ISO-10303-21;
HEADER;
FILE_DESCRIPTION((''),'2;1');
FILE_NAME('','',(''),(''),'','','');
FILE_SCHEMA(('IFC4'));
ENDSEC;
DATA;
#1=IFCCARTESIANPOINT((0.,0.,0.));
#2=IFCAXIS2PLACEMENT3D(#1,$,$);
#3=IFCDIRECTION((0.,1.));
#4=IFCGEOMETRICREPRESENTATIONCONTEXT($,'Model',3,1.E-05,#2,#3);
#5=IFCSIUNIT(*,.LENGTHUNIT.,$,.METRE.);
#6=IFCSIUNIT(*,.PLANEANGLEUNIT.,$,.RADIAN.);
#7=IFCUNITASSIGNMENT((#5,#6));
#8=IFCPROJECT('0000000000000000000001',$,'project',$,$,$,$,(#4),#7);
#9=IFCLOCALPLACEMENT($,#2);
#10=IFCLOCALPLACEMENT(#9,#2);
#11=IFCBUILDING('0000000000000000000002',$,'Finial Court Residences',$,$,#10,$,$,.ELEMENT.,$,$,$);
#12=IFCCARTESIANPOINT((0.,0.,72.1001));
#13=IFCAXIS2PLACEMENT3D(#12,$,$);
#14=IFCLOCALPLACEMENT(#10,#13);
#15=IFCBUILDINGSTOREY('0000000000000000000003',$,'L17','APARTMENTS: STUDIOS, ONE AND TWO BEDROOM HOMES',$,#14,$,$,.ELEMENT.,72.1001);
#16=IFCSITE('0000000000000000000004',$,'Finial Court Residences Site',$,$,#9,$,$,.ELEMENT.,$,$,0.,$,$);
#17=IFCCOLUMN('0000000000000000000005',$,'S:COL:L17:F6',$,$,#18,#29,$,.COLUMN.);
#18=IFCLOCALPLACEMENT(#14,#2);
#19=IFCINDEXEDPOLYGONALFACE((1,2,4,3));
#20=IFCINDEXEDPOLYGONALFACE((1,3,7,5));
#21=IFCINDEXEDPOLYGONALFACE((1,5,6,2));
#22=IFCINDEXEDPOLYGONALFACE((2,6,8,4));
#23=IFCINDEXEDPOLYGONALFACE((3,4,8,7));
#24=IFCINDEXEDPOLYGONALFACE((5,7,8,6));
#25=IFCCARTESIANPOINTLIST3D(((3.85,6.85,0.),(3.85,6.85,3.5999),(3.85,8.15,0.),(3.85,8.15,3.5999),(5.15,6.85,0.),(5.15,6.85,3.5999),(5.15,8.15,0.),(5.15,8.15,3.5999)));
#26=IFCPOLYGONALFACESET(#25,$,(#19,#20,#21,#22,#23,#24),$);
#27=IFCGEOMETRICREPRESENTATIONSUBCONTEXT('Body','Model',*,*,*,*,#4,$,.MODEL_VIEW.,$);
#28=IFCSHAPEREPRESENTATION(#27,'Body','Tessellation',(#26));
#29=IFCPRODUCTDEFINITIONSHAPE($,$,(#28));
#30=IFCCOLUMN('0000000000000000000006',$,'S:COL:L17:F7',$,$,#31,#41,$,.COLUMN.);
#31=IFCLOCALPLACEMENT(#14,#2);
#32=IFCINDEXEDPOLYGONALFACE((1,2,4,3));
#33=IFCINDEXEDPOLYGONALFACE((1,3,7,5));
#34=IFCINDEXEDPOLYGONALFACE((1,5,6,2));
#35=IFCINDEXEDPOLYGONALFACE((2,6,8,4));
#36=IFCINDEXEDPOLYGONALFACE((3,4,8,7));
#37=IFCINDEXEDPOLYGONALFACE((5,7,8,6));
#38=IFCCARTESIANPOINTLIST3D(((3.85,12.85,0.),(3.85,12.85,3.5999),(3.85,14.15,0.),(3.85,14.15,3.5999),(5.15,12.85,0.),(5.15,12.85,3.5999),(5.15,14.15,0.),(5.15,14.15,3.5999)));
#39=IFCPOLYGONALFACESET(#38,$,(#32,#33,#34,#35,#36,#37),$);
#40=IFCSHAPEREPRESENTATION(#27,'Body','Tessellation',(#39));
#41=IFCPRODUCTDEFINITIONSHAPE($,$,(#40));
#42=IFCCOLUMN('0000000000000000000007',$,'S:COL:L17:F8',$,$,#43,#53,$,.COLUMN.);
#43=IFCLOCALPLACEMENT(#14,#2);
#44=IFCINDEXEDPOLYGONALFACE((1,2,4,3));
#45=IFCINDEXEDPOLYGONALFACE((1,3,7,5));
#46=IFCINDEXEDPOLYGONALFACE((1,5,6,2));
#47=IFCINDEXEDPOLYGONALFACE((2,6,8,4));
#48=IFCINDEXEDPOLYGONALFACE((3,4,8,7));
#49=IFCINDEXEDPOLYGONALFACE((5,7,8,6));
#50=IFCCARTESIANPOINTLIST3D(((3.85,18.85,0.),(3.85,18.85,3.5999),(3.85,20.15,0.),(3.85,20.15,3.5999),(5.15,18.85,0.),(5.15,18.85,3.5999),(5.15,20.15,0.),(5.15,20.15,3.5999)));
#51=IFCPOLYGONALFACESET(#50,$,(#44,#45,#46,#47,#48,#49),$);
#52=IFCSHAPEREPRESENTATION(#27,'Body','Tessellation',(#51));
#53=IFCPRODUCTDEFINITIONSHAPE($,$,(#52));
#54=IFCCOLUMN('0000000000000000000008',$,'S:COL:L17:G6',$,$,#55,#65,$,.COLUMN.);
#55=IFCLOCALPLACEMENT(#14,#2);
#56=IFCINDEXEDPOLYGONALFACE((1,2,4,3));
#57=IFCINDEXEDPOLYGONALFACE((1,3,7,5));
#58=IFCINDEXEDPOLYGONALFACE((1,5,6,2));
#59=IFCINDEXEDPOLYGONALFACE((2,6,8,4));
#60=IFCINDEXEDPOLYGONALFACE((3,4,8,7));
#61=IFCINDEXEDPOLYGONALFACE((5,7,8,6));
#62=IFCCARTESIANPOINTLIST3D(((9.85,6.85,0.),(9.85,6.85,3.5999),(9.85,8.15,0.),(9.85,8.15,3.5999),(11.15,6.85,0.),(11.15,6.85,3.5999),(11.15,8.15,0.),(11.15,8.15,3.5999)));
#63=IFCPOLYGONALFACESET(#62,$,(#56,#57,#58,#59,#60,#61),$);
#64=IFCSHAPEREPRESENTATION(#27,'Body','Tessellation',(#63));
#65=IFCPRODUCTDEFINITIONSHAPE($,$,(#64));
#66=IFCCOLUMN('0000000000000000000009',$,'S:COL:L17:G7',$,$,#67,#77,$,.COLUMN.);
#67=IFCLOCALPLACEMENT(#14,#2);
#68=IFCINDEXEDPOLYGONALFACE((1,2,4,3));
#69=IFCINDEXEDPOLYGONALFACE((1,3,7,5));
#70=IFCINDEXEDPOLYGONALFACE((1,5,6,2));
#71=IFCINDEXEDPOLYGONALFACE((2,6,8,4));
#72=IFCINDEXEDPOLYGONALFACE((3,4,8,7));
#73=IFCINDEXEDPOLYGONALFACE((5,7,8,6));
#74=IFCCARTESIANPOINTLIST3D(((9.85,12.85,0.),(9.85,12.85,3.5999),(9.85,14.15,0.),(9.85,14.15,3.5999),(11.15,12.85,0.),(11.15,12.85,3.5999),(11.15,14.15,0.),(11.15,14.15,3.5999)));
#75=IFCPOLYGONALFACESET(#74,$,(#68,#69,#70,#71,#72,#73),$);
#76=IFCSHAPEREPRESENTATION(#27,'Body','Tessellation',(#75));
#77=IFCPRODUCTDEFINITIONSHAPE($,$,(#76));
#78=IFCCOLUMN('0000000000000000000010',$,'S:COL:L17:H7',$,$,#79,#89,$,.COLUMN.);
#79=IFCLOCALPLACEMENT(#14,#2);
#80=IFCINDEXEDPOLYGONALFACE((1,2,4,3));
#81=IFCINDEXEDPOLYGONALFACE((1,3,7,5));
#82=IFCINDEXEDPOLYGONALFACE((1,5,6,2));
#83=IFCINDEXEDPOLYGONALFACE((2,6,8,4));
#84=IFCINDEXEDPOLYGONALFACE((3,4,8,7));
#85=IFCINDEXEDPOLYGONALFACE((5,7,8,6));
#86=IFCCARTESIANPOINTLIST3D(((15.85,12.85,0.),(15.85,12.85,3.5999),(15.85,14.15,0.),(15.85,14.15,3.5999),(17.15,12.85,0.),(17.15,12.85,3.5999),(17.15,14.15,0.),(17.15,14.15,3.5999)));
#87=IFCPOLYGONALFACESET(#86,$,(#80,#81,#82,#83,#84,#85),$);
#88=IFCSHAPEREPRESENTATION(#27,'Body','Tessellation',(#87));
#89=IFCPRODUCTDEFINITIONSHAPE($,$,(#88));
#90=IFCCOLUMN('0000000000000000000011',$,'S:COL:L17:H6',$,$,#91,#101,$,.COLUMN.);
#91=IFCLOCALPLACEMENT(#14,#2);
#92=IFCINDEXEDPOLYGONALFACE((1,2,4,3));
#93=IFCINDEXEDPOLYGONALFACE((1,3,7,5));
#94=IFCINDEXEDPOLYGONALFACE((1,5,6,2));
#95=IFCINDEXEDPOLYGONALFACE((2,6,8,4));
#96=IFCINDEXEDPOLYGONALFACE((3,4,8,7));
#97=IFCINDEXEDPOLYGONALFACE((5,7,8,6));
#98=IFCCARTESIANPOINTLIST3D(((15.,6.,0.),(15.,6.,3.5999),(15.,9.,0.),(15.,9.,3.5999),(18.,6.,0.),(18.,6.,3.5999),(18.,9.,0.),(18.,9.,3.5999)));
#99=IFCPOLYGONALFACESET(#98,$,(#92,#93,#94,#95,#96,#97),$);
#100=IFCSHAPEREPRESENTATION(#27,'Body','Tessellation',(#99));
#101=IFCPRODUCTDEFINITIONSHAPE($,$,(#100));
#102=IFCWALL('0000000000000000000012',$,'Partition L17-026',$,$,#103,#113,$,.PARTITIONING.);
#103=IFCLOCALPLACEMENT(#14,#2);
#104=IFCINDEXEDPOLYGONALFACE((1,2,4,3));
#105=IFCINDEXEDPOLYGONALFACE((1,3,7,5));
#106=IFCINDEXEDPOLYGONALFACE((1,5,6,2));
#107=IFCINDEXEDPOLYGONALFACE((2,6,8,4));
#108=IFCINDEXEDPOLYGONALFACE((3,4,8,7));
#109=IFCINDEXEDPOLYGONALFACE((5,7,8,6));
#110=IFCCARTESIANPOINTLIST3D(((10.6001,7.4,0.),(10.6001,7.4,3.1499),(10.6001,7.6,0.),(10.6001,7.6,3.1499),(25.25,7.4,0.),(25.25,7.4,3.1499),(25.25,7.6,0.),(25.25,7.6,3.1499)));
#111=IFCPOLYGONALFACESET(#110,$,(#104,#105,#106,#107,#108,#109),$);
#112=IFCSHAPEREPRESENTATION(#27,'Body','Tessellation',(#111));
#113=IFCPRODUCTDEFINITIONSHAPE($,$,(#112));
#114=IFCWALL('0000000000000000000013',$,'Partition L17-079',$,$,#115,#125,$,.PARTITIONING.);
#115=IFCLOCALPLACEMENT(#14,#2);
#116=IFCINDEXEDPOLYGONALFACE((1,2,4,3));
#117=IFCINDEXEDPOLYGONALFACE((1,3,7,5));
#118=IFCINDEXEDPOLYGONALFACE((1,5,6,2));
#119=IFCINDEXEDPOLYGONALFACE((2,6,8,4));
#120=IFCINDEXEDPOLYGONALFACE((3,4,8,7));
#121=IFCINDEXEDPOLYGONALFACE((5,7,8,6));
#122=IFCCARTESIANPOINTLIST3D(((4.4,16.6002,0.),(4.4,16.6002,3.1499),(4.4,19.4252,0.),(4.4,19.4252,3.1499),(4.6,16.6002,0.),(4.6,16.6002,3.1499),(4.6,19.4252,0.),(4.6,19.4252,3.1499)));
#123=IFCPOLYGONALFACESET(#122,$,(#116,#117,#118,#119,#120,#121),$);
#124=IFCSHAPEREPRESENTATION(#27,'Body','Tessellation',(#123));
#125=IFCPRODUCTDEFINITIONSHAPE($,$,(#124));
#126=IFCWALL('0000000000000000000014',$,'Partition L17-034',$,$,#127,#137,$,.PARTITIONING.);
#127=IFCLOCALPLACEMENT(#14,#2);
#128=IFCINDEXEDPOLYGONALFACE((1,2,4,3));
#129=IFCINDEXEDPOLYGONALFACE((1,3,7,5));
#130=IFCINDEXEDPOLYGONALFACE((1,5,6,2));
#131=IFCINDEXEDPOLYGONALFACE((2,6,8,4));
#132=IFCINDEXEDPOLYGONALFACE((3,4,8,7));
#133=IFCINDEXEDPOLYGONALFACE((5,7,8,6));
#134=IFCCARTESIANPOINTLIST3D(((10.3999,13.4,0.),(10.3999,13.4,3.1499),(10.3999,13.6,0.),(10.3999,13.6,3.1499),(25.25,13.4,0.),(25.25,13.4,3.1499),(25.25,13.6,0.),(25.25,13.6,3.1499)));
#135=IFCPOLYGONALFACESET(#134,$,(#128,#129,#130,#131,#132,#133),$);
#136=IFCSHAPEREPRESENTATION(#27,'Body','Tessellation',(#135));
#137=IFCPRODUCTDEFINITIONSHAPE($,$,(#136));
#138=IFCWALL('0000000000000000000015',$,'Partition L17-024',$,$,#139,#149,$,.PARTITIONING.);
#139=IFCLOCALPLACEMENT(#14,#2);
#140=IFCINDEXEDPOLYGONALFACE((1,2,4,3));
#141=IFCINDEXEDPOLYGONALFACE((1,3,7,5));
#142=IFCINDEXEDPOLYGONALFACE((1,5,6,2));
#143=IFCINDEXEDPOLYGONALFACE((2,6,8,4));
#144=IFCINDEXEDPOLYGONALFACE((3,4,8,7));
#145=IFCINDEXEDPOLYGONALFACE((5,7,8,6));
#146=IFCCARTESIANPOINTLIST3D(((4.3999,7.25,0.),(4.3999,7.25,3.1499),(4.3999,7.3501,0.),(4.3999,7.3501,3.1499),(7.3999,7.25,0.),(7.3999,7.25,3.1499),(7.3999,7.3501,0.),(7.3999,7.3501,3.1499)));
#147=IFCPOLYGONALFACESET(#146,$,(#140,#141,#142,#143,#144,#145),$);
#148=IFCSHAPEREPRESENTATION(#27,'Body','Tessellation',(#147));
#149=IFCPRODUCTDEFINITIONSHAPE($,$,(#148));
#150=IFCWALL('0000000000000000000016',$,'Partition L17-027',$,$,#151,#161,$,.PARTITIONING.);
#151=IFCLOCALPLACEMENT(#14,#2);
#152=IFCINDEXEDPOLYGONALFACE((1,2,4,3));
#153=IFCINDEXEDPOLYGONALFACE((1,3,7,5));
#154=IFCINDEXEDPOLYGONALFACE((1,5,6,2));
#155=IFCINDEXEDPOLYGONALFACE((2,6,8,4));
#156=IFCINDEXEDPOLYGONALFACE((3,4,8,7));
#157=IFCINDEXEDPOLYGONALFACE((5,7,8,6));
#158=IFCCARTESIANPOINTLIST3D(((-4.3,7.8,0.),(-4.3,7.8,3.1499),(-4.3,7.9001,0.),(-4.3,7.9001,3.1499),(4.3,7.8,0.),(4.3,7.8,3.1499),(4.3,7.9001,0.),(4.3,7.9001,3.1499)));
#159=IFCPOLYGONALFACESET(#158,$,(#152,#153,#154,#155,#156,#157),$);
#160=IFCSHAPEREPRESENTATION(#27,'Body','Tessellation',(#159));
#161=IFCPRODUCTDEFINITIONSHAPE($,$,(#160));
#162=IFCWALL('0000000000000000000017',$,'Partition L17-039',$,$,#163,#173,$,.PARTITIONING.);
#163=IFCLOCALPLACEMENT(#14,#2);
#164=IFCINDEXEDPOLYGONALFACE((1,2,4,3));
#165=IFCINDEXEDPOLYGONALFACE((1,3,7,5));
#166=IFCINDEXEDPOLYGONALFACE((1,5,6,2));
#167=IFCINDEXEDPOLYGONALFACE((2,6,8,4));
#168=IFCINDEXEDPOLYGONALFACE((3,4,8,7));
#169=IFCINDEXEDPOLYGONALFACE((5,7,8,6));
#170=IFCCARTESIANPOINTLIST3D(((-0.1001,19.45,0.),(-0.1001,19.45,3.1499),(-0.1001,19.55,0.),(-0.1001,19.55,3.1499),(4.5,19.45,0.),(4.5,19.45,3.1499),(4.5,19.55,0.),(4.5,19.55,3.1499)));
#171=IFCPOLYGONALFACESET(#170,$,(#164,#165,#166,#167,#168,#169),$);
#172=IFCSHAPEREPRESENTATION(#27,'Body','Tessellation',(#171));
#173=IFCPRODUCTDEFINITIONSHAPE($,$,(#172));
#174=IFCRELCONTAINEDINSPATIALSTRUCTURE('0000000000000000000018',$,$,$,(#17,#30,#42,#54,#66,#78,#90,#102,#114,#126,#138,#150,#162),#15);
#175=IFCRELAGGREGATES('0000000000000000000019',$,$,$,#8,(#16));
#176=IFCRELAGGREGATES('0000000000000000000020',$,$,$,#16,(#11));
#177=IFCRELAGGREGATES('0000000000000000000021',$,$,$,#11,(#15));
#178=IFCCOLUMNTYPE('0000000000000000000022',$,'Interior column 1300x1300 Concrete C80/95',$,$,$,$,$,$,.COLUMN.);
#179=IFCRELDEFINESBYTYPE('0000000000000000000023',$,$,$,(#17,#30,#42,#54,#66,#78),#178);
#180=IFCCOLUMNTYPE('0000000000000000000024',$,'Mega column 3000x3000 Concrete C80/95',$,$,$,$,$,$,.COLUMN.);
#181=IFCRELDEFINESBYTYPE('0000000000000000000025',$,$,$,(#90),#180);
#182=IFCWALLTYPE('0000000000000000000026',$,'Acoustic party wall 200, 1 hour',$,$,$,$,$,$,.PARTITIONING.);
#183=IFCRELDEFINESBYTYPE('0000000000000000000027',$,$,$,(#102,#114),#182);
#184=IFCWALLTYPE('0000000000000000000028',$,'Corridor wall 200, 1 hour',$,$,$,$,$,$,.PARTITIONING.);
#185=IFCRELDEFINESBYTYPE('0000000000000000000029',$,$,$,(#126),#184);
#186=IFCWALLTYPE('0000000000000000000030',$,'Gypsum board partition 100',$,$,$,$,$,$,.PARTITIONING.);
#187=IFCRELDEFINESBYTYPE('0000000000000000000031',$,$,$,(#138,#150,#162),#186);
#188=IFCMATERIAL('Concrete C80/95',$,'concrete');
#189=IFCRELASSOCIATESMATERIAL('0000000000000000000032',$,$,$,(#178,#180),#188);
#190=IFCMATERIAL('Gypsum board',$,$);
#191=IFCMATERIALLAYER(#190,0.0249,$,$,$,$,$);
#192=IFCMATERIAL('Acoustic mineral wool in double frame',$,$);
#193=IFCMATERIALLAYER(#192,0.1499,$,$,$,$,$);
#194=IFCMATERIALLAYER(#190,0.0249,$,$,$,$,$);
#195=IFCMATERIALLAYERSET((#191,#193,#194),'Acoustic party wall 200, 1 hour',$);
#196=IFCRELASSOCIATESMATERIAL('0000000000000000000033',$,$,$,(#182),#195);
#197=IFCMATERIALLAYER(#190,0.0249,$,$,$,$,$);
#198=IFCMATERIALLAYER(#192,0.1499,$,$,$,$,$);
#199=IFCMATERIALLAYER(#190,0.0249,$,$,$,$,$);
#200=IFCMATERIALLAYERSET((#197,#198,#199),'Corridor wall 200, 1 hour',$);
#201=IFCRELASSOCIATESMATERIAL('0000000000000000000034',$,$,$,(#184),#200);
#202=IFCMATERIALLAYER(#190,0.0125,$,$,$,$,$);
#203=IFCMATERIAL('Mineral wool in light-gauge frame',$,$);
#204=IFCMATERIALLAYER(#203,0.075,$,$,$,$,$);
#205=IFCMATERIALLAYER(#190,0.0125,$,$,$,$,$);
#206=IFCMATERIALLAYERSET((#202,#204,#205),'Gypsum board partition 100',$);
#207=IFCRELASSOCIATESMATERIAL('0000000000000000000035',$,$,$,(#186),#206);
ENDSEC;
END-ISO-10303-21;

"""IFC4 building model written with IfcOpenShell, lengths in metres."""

from ifc_helpers import new_model, si_unit, direction, frame, frame_2d, origin, origin_2d, place, context, subcontext, project, spatial, rectangle, extrude, material, layer, layer_set, material_profile, profile_set, type_object, element, save


model = new_model("IFC4")

# Units and contexts
model_context = context("Model", 3, precision=1e-05, world=origin(), true_north=direction((0.0, 1.0)))
body_context = subcontext(model_context, "Body", "Model", "MODEL_VIEW")
ifc_project = project(units=[si_unit("LENGTHUNIT", "METRE"), si_unit("PLANEANGLEUNIT", "RADIAN")], contexts=[model_context])

# Site, building, storey
site_placement = place(None, origin())
site = spatial("IfcSite", under=ifc_project, at=site_placement, Name="Finial Court Residences Site", CompositionType="ELEMENT", RefElevation=0.0)
building_placement = place(site_placement, origin())
building = spatial("IfcBuilding", under=site, at=building_placement, Name="Finial Court Residences", CompositionType="ELEMENT")
storey_placement = place(building_placement, frame((0.0, 0.0, 72.1001)))
storey = spatial("IfcBuildingStorey", under=building, at=storey_placement, Name="L17", Description="APARTMENTS: STUDIOS, ONE AND TWO BEDROOM HOMES", CompositionType="ELEMENT", Elevation=72.1001)

# Columns
ifc_material_1 = material(Name="Concrete C80/95", Category="concrete")
ifc_material_profile_1 = material_profile(ifc_material_1, rectangle(XDim=1.3, YDim=1.3, at=origin_2d()), Name="1300x1300")
ifc_profile_set_1 = profile_set([ifc_material_profile_1], Name="Concrete C80/95")
column_type_1 = type_object("IfcColumnType", Name="Interior column 1300x1300 Concrete C80/95", PredefinedType="COLUMN", material=ifc_profile_set_1)
for number, where, z_axis, x_axis, name in (
    (1, (4.5, 7.5, 0.0), (0.0, 0.0, 1.0), (1.0, 0.0, 0.0), "S:COL:L17:F6"),
    (2, (4.5, 13.5, 0.0), (0.0, 0.0, 1.0), (1.0, 0.0, 0.0), "S:COL:L17:F7"),
    (3, (4.5, 19.5, 0.0), (0.0, 0.0, 1.0), (1.0, 0.0, 0.0), "S:COL:L17:F8"),
    (4, (10.5, 7.5, 0.0), (0.0, 0.0, 1.0), (1.0, 0.0, 0.0), "S:COL:L17:G6"),
    (5, (10.5, 13.5, 0.0), (0.0, 0.0, 1.0), (1.0, 0.0, 0.0), "S:COL:L17:G7"),
    (6, (16.5, 13.5, 0.0), (0.0, 0.0, 1.0), (1.0, 0.0, 0.0), "S:COL:L17:H7"),
):
    element("IfcColumn", number, at=place(storey_placement, frame(where, z_axis=z_axis, x_axis=x_axis)), inside=storey, type_object=column_type_1, Name=name, PredefinedType="COLUMN", context=body_context, shape_type="SweptSolid", body=[
        extrude(rectangle(XDim=1.3, YDim=1.3, at=origin_2d()), origin(), (0.0, 0.0, 1.0), 3.5999),
    ])
ifc_material_profile_2 = material_profile(ifc_material_1, rectangle(XDim=3.0, YDim=3.0, at=origin_2d()), Name="3000x3000")
ifc_profile_set_2 = profile_set([ifc_material_profile_2], Name="Concrete C80/95")
column_type_2 = type_object("IfcColumnType", Name="Mega column 3000x3000 Concrete C80/95", PredefinedType="COLUMN", material=ifc_profile_set_2)
column_placement = place(storey_placement, frame((16.5, 7.5, 0.0), z_axis=(0.0, 0.0, 1.0), x_axis=(1.0, 0.0, 0.0)))
element("IfcColumn", 7, at=column_placement, inside=storey, type_object=column_type_2, Name="S:COL:L17:H6", PredefinedType="COLUMN", context=body_context, shape_type="SweptSolid", body=[
    extrude(rectangle(XDim=3.0, YDim=3.0, at=origin_2d()), origin(), (0.0, 0.0, 1.0), 3.5999),
])

# Walls
ifc_material_2 = material(Name="Gypsum board")
ifc_layer_1 = layer(ifc_material_2, 0.0249)
ifc_material_3 = material(Name="Acoustic mineral wool in double frame")
ifc_layer_2 = layer(ifc_material_3, 0.1499)
ifc_layer_3 = layer(ifc_material_2, 0.0249)
ifc_layer_set_1 = layer_set([ifc_layer_1, ifc_layer_2, ifc_layer_3], Name="Acoustic party wall 200, 1 hour")
wall_type_1 = type_object("IfcWallType", Name="Acoustic party wall 200, 1 hour", PredefinedType="PARTITIONING", material=ifc_layer_set_1)
wall_1_placement = place(storey_placement, frame((10.6001, 7.5, 0.0), z_axis=(0.0, 0.0, 1.0), x_axis=(1.0, 0.0, 0.0)))
element("IfcWall", 8, at=wall_1_placement, inside=storey, type_object=wall_type_1, Name="Partition L17-026", PredefinedType="PARTITIONING", context=body_context, shape_type="SweptSolid", body=[
    extrude(rectangle(XDim=14.6499, YDim=0.2, at=frame_2d((7.325, 0.0))), origin(), (0.0, 0.0, 1.0), 3.1499),
])
wall_2_placement = place(storey_placement, frame((4.5, 16.6001, 0.0), z_axis=(0.0, 0.0, 1.0), x_axis=(0.0, 1.0, 0.0)))
element("IfcWall", 9, at=wall_2_placement, inside=storey, type_object=wall_type_1, Name="Partition L17-079", PredefinedType="PARTITIONING", context=body_context, shape_type="SweptSolid", body=[
    extrude(rectangle(XDim=2.825, YDim=0.2, at=frame_2d((1.4126, 0.0))), origin(), (0.0, 0.0, 1.0), 3.1499),
])
ifc_layer_4 = layer(ifc_material_2, 0.0249)
ifc_layer_5 = layer(ifc_material_3, 0.1499)
ifc_layer_6 = layer(ifc_material_2, 0.0249)
ifc_layer_set_2 = layer_set([ifc_layer_4, ifc_layer_5, ifc_layer_6], Name="Corridor wall 200, 1 hour")
wall_type_2 = type_object("IfcWallType", Name="Corridor wall 200, 1 hour", PredefinedType="PARTITIONING", material=ifc_layer_set_2)
wall_3_placement = place(storey_placement, frame((10.3999, 13.5, 0.0), z_axis=(0.0, 0.0, 1.0), x_axis=(1.0, 0.0, 0.0)))
element("IfcWall", 10, at=wall_3_placement, inside=storey, type_object=wall_type_2, Name="Partition L17-034", PredefinedType="PARTITIONING", context=body_context, shape_type="SweptSolid", body=[
    extrude(rectangle(XDim=14.8501, YDim=0.2, at=frame_2d((7.425, 0.0))), origin(), (0.0, 0.0, 1.0), 3.1499),
])
ifc_layer_7 = layer(ifc_material_2, 0.0125)
ifc_material_4 = material(Name="Mineral wool in light-gauge frame")
ifc_layer_8 = layer(ifc_material_4, 0.075)
ifc_layer_9 = layer(ifc_material_2, 0.0125)
ifc_layer_set_3 = layer_set([ifc_layer_7, ifc_layer_8, ifc_layer_9], Name="Gypsum board partition 100")
wall_type_3 = type_object("IfcWallType", Name="Gypsum board partition 100", PredefinedType="PARTITIONING", material=ifc_layer_set_3)
wall_4_placement = place(storey_placement, frame((4.3999, 7.3, 0.0), z_axis=(0.0, 0.0, 1.0), x_axis=(1.0, 0.0, 0.0)))
element("IfcWall", 11, at=wall_4_placement, inside=storey, type_object=wall_type_3, Name="Partition L17-024", PredefinedType="PARTITIONING", context=body_context, shape_type="SweptSolid", body=[
    extrude(rectangle(XDim=3.0, YDim=0.1001, at=frame_2d((1.5, 0.0))), origin(), (0.0, 0.0, 1.0), 3.1499),
])
wall_5_placement = place(storey_placement, frame((-4.3, 7.8501, 0.0), z_axis=(0.0, 0.0, 1.0), x_axis=(1.0, 0.0, 0.0)))
element("IfcWall", 12, at=wall_5_placement, inside=storey, type_object=wall_type_3, Name="Partition L17-027", PredefinedType="PARTITIONING", context=body_context, shape_type="SweptSolid", body=[
    extrude(rectangle(XDim=8.6001, YDim=0.1001, at=frame_2d((4.3, 0.0))), origin(), (0.0, 0.0, 1.0), 3.1499),
])
wall_6_placement = place(storey_placement, frame((-0.1001, 19.5, 0.0), z_axis=(0.0, 0.0, 1.0), x_axis=(1.0, 0.0, 0.0)))
element("IfcWall", 13, at=wall_6_placement, inside=storey, type_object=wall_type_3, Name="Partition L17-039", PredefinedType="PARTITIONING", context=body_context, shape_type="SweptSolid", body=[
    extrude(rectangle(XDim=4.6001, YDim=0.1001, at=frame_2d((2.3, 0.0))), origin(), (0.0, 0.0, 1.0), 3.1499),
])

save(model, "model.ifc")
